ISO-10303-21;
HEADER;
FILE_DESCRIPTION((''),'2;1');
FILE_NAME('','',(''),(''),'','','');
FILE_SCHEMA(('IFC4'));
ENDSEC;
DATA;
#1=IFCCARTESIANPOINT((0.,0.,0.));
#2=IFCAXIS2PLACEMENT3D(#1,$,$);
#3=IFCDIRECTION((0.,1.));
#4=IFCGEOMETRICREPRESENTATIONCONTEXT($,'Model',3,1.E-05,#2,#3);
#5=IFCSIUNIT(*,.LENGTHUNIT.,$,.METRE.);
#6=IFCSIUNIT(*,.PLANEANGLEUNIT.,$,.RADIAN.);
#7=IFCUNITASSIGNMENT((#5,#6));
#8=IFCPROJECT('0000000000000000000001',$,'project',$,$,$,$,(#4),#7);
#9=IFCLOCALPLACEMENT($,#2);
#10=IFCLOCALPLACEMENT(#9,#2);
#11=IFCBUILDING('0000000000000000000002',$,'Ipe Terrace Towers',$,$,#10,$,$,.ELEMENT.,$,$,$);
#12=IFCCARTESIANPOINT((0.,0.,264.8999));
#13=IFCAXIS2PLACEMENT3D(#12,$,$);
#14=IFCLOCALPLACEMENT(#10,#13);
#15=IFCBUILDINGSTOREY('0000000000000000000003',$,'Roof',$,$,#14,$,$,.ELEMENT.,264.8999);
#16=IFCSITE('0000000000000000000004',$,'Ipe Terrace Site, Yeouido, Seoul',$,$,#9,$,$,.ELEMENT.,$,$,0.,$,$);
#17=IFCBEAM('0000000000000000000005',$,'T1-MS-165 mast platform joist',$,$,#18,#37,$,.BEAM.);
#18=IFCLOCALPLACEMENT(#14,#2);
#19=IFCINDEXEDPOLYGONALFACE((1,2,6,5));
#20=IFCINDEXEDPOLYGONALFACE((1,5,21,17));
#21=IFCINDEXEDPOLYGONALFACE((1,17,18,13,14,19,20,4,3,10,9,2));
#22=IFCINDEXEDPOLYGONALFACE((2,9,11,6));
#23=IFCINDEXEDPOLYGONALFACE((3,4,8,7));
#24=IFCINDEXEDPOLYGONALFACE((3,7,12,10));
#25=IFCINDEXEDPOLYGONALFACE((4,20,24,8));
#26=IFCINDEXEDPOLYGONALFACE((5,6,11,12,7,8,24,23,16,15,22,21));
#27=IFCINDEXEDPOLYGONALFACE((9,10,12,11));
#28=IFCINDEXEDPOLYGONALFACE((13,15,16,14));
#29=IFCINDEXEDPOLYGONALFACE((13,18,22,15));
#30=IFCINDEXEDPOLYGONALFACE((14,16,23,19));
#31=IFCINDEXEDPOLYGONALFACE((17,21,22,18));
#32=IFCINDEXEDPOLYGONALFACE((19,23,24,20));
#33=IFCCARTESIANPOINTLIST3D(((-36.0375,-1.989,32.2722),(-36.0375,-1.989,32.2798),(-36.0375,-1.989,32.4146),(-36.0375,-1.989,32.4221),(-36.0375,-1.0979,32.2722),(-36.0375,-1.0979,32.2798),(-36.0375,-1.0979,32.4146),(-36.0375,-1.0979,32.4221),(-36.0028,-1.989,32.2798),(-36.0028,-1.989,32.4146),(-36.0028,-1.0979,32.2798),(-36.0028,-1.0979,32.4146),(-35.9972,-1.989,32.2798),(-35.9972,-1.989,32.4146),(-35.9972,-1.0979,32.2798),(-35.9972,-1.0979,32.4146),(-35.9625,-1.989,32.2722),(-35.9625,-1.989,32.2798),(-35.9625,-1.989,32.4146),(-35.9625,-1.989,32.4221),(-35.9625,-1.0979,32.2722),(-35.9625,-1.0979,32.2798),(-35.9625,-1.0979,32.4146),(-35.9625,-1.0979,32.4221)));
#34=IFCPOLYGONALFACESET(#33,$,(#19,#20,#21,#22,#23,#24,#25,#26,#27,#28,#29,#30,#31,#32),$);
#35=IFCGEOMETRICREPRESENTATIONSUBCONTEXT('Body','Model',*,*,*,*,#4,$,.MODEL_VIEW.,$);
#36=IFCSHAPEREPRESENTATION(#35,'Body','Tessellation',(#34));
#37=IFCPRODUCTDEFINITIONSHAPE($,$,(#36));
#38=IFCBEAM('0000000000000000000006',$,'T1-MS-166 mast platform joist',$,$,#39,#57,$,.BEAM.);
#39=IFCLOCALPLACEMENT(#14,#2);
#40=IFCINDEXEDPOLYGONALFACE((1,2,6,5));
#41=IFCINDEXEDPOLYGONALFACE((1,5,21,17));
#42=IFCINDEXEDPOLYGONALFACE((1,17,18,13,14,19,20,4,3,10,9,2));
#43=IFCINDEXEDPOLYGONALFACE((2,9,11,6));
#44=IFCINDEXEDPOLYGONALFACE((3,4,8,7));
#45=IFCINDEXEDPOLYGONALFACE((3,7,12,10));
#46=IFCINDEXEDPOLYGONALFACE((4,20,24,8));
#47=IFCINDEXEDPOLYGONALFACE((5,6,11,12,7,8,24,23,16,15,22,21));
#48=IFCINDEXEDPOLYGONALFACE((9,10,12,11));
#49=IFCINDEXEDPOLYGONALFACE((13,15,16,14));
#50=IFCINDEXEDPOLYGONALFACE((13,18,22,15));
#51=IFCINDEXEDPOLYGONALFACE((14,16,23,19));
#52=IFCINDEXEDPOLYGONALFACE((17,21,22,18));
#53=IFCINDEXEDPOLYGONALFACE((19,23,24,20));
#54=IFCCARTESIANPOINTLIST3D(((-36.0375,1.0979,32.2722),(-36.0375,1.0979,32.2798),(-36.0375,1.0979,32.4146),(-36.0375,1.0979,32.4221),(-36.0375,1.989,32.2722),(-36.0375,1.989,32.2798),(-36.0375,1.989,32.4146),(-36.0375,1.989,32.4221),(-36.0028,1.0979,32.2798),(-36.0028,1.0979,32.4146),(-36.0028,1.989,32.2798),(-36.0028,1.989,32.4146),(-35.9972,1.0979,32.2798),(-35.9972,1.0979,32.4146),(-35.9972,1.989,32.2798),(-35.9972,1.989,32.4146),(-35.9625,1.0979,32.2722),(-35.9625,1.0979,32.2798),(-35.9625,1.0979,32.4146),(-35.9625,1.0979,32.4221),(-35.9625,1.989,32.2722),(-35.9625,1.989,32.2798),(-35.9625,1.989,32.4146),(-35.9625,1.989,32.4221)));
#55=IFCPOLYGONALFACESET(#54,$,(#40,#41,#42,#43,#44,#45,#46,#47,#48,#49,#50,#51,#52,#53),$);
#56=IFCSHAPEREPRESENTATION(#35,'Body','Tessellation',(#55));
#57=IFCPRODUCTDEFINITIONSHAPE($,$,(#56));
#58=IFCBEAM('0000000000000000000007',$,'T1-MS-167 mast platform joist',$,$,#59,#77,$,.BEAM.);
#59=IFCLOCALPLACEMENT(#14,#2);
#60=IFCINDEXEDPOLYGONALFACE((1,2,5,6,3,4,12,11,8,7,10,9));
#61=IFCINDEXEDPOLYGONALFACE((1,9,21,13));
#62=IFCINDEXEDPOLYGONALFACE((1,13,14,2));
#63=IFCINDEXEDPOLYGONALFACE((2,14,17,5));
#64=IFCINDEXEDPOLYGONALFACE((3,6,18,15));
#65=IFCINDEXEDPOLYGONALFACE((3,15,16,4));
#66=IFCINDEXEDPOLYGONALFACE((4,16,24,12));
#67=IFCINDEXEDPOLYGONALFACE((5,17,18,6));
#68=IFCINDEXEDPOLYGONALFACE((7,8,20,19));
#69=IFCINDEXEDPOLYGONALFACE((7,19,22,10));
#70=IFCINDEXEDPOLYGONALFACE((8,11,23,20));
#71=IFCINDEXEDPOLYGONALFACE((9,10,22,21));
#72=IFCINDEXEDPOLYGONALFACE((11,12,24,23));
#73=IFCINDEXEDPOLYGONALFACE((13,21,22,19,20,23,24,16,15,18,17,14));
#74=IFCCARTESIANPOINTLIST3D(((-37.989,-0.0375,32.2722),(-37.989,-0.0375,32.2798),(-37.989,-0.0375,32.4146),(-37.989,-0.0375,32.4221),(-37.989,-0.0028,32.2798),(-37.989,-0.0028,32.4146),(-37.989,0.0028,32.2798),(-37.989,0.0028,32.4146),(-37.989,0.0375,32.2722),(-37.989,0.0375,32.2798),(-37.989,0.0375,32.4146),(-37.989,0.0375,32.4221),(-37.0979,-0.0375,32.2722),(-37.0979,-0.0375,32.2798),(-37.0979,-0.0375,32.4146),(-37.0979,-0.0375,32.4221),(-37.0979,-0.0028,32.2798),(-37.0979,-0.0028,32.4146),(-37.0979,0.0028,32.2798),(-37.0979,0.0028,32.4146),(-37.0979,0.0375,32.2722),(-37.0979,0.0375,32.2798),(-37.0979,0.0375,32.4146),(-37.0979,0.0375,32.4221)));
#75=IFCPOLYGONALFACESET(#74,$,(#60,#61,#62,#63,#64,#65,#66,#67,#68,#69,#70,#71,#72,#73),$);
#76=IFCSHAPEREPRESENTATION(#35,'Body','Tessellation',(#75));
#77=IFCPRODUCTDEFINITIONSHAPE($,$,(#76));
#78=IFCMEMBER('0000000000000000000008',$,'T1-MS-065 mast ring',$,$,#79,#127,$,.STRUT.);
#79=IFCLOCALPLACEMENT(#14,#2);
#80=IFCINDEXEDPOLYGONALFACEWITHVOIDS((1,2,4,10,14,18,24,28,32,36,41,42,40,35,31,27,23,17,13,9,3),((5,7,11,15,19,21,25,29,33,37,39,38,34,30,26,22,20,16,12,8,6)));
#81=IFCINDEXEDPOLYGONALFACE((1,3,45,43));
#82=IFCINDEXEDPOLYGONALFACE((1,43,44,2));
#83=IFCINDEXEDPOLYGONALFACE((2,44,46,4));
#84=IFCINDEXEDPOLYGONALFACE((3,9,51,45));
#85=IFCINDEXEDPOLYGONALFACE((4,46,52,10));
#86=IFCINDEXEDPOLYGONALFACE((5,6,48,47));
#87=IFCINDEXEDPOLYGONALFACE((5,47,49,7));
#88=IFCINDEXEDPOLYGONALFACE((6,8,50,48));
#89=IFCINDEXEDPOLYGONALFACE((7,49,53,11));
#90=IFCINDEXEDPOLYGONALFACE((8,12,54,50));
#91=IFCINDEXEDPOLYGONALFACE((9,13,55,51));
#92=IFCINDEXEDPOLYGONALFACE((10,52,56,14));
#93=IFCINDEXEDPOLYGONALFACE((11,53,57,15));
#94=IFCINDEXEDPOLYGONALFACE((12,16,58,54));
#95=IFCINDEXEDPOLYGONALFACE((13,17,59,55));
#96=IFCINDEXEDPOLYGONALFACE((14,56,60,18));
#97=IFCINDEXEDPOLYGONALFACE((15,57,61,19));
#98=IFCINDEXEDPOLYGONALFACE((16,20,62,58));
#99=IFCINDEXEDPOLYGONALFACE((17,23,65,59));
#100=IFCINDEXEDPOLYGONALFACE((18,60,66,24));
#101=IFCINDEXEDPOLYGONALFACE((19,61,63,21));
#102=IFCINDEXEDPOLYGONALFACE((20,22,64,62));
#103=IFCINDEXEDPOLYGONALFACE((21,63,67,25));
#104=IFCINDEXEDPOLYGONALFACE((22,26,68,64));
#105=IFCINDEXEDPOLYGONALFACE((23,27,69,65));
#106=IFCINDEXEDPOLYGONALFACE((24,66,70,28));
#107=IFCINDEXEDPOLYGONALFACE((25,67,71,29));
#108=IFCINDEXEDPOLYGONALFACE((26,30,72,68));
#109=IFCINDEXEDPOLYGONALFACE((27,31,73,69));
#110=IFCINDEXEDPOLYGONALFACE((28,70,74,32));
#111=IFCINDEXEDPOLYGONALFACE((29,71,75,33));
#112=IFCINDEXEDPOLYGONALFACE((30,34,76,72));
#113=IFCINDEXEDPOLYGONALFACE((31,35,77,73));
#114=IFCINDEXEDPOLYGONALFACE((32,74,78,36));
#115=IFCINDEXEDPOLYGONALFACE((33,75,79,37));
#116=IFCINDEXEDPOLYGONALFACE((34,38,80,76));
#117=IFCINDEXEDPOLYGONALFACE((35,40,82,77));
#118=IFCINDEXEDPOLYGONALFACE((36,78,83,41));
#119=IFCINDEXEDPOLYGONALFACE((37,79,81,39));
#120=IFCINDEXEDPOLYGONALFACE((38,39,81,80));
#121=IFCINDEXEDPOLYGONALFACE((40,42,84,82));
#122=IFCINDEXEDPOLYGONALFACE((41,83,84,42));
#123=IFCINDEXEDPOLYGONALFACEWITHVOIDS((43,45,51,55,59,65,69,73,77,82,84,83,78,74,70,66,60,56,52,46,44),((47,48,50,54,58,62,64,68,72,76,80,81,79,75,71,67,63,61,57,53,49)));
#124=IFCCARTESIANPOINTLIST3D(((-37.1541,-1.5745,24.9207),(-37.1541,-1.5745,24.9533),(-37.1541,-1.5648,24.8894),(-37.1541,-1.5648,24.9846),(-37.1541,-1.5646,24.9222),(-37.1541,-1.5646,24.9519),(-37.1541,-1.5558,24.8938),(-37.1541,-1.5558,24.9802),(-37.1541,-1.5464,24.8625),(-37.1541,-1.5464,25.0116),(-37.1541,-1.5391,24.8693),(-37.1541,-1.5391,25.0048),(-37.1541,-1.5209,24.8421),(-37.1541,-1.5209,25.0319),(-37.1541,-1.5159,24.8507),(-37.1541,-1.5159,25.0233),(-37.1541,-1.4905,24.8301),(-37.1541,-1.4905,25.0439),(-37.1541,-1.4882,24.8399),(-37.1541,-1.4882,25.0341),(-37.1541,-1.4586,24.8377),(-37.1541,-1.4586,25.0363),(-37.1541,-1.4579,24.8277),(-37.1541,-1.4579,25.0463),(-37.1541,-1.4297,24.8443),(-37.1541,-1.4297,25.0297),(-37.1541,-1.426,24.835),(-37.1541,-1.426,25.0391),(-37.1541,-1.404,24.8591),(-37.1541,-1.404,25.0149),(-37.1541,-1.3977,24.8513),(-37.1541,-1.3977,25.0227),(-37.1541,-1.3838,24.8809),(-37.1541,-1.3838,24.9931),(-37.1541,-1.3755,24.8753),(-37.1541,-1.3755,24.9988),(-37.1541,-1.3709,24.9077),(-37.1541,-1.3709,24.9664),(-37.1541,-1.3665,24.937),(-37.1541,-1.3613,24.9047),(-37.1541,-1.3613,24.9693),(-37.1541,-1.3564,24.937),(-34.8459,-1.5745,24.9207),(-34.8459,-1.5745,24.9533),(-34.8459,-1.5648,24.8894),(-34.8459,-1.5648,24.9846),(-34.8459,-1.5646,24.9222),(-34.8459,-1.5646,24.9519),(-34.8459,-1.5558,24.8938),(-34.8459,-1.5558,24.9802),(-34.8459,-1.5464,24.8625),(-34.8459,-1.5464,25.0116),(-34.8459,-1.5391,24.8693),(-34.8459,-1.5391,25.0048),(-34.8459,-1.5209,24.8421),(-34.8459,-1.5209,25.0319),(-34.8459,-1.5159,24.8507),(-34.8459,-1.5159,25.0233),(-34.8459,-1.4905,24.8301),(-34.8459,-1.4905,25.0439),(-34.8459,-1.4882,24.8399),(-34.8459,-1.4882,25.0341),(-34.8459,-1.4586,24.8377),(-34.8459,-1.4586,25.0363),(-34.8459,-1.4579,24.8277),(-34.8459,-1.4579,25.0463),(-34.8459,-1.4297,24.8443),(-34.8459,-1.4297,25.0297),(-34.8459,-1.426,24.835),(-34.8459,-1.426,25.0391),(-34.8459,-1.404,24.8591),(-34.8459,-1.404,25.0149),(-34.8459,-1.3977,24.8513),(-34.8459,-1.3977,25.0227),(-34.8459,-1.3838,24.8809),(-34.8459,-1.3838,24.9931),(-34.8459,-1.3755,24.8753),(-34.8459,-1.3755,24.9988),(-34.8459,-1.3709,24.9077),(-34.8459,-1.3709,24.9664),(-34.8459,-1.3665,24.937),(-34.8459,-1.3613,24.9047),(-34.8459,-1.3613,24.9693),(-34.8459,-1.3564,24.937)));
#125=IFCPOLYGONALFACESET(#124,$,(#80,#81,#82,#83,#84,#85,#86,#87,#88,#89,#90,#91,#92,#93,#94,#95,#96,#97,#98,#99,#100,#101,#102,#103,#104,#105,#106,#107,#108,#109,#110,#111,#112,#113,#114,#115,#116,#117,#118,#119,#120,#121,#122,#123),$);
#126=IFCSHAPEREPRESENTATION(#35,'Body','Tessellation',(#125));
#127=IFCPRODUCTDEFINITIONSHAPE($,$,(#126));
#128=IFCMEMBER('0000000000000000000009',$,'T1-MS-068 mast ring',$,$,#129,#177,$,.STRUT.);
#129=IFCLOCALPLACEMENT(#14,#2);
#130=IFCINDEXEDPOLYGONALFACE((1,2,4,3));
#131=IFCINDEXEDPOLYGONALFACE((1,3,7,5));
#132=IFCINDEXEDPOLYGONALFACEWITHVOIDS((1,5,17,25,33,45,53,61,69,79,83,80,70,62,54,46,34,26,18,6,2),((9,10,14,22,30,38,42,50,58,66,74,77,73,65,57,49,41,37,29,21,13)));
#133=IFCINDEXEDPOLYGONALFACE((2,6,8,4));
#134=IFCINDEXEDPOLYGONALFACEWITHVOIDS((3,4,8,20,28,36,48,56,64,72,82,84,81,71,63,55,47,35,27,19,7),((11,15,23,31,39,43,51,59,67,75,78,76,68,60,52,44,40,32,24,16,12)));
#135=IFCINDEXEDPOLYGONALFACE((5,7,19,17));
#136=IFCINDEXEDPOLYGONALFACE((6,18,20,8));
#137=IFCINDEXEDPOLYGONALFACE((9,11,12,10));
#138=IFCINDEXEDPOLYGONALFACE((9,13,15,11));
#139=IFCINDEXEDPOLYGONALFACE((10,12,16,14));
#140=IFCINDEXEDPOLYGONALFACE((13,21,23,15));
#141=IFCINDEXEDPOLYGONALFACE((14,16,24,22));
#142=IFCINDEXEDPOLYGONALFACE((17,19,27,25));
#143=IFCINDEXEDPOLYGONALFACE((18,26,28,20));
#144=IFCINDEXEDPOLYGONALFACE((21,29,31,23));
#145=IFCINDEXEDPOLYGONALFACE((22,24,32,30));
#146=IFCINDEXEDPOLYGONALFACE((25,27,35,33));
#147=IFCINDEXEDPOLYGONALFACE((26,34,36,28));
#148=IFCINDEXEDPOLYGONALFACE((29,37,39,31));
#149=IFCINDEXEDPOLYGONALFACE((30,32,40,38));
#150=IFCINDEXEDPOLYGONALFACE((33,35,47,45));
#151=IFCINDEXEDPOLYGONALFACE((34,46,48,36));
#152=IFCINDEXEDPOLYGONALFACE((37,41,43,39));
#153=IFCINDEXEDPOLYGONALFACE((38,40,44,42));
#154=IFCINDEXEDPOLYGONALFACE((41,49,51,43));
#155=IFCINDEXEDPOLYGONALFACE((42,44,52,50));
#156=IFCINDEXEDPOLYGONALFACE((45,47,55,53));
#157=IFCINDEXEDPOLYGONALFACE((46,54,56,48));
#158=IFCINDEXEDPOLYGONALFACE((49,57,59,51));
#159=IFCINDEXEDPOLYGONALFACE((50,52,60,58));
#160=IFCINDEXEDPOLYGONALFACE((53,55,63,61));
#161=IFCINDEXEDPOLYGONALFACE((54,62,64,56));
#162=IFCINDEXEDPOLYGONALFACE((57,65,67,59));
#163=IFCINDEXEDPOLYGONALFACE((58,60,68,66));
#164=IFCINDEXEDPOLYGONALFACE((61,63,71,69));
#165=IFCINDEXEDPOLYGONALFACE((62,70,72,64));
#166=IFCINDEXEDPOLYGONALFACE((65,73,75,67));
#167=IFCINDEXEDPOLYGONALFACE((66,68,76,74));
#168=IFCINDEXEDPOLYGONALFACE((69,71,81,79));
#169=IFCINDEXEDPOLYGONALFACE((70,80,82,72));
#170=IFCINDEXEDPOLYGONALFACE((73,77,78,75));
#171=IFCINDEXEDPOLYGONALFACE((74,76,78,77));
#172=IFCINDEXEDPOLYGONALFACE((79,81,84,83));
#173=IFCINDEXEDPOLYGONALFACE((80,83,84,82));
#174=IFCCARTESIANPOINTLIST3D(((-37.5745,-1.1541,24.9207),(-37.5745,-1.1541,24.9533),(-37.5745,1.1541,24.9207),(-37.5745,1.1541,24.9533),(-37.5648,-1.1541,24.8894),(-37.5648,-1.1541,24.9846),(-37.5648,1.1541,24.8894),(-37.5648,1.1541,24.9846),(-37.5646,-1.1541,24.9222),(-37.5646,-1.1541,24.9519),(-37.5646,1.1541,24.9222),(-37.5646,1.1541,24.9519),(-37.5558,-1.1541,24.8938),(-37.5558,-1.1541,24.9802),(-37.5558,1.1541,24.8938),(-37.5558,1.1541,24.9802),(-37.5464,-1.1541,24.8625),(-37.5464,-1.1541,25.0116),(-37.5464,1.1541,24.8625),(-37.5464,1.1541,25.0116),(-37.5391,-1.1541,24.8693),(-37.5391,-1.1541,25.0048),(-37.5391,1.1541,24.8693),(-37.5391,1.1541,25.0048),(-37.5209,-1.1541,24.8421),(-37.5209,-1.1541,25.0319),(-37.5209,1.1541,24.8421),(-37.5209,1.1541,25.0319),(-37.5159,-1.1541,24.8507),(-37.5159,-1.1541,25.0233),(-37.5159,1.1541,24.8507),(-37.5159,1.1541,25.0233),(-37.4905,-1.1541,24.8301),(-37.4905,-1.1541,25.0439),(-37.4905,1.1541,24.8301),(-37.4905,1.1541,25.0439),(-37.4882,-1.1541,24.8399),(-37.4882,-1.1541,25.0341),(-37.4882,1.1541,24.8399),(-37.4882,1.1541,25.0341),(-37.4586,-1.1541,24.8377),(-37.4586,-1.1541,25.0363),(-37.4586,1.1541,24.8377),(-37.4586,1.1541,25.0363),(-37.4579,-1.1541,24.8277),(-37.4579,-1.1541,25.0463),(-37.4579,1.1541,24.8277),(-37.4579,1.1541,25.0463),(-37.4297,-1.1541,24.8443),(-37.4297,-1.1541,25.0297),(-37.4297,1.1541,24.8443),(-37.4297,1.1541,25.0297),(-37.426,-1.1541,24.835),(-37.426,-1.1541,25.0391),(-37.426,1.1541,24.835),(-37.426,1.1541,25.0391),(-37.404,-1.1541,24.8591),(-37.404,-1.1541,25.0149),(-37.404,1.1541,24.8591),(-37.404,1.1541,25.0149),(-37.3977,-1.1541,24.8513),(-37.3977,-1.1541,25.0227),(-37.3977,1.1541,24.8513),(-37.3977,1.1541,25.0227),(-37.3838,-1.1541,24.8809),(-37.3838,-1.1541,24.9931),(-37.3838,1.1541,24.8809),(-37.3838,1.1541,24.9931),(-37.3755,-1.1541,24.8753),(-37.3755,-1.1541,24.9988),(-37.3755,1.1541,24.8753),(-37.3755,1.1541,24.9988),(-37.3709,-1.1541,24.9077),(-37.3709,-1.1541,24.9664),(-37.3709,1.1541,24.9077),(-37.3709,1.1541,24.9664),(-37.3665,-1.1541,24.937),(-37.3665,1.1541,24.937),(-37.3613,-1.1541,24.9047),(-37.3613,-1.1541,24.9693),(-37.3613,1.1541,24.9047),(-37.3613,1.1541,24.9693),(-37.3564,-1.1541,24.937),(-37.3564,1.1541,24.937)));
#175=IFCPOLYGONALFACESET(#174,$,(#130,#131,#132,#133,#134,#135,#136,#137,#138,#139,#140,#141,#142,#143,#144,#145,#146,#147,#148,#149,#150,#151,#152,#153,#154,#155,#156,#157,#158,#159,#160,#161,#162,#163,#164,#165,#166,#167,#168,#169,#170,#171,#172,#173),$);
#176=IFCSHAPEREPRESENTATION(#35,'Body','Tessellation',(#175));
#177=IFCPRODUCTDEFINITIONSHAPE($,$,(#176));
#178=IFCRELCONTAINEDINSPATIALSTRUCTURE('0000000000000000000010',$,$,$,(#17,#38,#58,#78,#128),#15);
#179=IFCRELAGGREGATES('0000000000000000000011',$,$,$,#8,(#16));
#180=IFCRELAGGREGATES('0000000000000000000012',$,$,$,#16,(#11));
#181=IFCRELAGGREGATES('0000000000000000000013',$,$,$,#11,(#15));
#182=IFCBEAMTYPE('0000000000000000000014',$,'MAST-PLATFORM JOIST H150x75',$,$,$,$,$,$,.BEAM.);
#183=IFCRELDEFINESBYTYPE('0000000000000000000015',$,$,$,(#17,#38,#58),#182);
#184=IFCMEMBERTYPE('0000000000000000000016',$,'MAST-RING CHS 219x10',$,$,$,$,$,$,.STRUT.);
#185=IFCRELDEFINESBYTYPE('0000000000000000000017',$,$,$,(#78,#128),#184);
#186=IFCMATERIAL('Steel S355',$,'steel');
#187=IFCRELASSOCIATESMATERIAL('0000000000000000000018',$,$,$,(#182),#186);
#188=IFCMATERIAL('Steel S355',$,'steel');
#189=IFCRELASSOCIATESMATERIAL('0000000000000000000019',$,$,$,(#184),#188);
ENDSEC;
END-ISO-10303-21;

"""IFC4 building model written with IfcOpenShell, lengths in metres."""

from ifc_helpers import new_model, si_unit, direction, frame, origin, origin_2d, place, context, subcontext, project, spatial, hollow_circle, i_section, extrude, material, material_profile, profile_set, type_object, element, save


model = new_model("IFC4")

# Units and contexts
model_context = context("Model", 3, precision=1e-05, world=origin(), true_north=direction((0.0, 1.0)))
body_context = subcontext(model_context, "Body", "Model", "MODEL_VIEW")
ifc_project = project(units=[si_unit("LENGTHUNIT", "METRE"), si_unit("PLANEANGLEUNIT", "RADIAN")], contexts=[model_context])

# Site, building, storey
site_placement = place(None, origin())
site = spatial("IfcSite", under=ifc_project, at=site_placement, Name="Ipe Terrace Site, Yeouido, Seoul", CompositionType="ELEMENT", RefElevation=0.0)
building_placement = place(site_placement, origin())
building = spatial("IfcBuilding", under=site, at=building_placement, Name="Ipe Terrace Towers", CompositionType="ELEMENT")
storey_placement = place(building_placement, frame((0.0, 0.0, 264.8999)))
storey = spatial("IfcBuildingStorey", under=building, at=storey_placement, Name="Roof", CompositionType="ELEMENT", Elevation=264.8999)

# Beams
ifc_material_1 = material(Name="Steel S355", Category="steel")
ifc_material_profile_1 = material_profile(ifc_material_1, i_section(OverallWidth=0.075, OverallDepth=0.1499, WebThickness=0.0056, FlangeThickness=0.0076, at=origin_2d()), Name="H150x75")
ifc_profile_set_1 = profile_set([ifc_material_profile_1], Name="Steel S355")
beam_type_1 = type_object("IfcBeamType", Name="MAST-PLATFORM JOIST H150x75", PredefinedType="BEAM", material=ifc_profile_set_1)
for number, where, z_axis, x_axis, name in (
    (1, (-36.0, -1.0979, 32.3472), (0.0, -1.0, 0.0), (1.0, 0.0, 0.0), "T1-MS-165 mast platform joist"),
    (2, (-36.0, 1.0979, 32.3472), (0.0, 1.0, 0.0), (-1.0, 0.0, 0.0), "T1-MS-166 mast platform joist"),
    (3, (-37.0979, 0.0, 32.3472), (-1.0, 0.0, 0.0), (0.0, -1.0, 0.0), "T1-MS-167 mast platform joist"),
):
    element("IfcBeam", number, at=place(storey_placement, frame(where, z_axis=z_axis, x_axis=x_axis)), inside=storey, type_object=beam_type_1, Name=name, PredefinedType="BEAM", context=body_context, shape_type="SweptSolid", body=[
        extrude(i_section(OverallWidth=0.075, OverallDepth=0.1499, WebThickness=0.0056, FlangeThickness=0.0076, at=origin_2d()), origin(), (0.0, 0.0, 1.0), 0.8911),
    ])

# Members
ifc_material_2 = material(Name="Steel S355", Category="steel")
ifc_material_profile_2 = material_profile(ifc_material_2, hollow_circle(Radius=0.1096, WallThickness=0.01, at=origin_2d()), Name="MAST-RING CHS 219x10")
ifc_profile_set_2 = profile_set([ifc_material_profile_2], Name="Steel S355")
member_type_1 = type_object("IfcMemberType", Name="MAST-RING CHS 219x10", PredefinedType="STRUT", material=ifc_profile_set_2)
for number, where, z_axis, x_axis, name in (
    (4, (-37.1541, -1.4661, 24.937), (1.0, 0.0, 0.0), (0.0, 1.0, 0.0), "T1-MS-065 mast ring"),
    (5, (-37.4661, 1.1541, 24.937), (0.0, -1.0, 0.0), (1.0, 0.0, 0.0), "T1-MS-068 mast ring"),
):
    element("IfcMember", number, at=place(storey_placement, frame(where, z_axis=z_axis, x_axis=x_axis)), inside=storey, type_object=member_type_1, Name=name, PredefinedType="STRUT", context=body_context, shape_type="SweptSolid", body=[
        extrude(hollow_circle(Radius=0.1096, WallThickness=0.01, at=origin_2d()), origin(), (0.0, 0.0, 1.0), 2.3081),
    ])

save(model, "model.ifc")
